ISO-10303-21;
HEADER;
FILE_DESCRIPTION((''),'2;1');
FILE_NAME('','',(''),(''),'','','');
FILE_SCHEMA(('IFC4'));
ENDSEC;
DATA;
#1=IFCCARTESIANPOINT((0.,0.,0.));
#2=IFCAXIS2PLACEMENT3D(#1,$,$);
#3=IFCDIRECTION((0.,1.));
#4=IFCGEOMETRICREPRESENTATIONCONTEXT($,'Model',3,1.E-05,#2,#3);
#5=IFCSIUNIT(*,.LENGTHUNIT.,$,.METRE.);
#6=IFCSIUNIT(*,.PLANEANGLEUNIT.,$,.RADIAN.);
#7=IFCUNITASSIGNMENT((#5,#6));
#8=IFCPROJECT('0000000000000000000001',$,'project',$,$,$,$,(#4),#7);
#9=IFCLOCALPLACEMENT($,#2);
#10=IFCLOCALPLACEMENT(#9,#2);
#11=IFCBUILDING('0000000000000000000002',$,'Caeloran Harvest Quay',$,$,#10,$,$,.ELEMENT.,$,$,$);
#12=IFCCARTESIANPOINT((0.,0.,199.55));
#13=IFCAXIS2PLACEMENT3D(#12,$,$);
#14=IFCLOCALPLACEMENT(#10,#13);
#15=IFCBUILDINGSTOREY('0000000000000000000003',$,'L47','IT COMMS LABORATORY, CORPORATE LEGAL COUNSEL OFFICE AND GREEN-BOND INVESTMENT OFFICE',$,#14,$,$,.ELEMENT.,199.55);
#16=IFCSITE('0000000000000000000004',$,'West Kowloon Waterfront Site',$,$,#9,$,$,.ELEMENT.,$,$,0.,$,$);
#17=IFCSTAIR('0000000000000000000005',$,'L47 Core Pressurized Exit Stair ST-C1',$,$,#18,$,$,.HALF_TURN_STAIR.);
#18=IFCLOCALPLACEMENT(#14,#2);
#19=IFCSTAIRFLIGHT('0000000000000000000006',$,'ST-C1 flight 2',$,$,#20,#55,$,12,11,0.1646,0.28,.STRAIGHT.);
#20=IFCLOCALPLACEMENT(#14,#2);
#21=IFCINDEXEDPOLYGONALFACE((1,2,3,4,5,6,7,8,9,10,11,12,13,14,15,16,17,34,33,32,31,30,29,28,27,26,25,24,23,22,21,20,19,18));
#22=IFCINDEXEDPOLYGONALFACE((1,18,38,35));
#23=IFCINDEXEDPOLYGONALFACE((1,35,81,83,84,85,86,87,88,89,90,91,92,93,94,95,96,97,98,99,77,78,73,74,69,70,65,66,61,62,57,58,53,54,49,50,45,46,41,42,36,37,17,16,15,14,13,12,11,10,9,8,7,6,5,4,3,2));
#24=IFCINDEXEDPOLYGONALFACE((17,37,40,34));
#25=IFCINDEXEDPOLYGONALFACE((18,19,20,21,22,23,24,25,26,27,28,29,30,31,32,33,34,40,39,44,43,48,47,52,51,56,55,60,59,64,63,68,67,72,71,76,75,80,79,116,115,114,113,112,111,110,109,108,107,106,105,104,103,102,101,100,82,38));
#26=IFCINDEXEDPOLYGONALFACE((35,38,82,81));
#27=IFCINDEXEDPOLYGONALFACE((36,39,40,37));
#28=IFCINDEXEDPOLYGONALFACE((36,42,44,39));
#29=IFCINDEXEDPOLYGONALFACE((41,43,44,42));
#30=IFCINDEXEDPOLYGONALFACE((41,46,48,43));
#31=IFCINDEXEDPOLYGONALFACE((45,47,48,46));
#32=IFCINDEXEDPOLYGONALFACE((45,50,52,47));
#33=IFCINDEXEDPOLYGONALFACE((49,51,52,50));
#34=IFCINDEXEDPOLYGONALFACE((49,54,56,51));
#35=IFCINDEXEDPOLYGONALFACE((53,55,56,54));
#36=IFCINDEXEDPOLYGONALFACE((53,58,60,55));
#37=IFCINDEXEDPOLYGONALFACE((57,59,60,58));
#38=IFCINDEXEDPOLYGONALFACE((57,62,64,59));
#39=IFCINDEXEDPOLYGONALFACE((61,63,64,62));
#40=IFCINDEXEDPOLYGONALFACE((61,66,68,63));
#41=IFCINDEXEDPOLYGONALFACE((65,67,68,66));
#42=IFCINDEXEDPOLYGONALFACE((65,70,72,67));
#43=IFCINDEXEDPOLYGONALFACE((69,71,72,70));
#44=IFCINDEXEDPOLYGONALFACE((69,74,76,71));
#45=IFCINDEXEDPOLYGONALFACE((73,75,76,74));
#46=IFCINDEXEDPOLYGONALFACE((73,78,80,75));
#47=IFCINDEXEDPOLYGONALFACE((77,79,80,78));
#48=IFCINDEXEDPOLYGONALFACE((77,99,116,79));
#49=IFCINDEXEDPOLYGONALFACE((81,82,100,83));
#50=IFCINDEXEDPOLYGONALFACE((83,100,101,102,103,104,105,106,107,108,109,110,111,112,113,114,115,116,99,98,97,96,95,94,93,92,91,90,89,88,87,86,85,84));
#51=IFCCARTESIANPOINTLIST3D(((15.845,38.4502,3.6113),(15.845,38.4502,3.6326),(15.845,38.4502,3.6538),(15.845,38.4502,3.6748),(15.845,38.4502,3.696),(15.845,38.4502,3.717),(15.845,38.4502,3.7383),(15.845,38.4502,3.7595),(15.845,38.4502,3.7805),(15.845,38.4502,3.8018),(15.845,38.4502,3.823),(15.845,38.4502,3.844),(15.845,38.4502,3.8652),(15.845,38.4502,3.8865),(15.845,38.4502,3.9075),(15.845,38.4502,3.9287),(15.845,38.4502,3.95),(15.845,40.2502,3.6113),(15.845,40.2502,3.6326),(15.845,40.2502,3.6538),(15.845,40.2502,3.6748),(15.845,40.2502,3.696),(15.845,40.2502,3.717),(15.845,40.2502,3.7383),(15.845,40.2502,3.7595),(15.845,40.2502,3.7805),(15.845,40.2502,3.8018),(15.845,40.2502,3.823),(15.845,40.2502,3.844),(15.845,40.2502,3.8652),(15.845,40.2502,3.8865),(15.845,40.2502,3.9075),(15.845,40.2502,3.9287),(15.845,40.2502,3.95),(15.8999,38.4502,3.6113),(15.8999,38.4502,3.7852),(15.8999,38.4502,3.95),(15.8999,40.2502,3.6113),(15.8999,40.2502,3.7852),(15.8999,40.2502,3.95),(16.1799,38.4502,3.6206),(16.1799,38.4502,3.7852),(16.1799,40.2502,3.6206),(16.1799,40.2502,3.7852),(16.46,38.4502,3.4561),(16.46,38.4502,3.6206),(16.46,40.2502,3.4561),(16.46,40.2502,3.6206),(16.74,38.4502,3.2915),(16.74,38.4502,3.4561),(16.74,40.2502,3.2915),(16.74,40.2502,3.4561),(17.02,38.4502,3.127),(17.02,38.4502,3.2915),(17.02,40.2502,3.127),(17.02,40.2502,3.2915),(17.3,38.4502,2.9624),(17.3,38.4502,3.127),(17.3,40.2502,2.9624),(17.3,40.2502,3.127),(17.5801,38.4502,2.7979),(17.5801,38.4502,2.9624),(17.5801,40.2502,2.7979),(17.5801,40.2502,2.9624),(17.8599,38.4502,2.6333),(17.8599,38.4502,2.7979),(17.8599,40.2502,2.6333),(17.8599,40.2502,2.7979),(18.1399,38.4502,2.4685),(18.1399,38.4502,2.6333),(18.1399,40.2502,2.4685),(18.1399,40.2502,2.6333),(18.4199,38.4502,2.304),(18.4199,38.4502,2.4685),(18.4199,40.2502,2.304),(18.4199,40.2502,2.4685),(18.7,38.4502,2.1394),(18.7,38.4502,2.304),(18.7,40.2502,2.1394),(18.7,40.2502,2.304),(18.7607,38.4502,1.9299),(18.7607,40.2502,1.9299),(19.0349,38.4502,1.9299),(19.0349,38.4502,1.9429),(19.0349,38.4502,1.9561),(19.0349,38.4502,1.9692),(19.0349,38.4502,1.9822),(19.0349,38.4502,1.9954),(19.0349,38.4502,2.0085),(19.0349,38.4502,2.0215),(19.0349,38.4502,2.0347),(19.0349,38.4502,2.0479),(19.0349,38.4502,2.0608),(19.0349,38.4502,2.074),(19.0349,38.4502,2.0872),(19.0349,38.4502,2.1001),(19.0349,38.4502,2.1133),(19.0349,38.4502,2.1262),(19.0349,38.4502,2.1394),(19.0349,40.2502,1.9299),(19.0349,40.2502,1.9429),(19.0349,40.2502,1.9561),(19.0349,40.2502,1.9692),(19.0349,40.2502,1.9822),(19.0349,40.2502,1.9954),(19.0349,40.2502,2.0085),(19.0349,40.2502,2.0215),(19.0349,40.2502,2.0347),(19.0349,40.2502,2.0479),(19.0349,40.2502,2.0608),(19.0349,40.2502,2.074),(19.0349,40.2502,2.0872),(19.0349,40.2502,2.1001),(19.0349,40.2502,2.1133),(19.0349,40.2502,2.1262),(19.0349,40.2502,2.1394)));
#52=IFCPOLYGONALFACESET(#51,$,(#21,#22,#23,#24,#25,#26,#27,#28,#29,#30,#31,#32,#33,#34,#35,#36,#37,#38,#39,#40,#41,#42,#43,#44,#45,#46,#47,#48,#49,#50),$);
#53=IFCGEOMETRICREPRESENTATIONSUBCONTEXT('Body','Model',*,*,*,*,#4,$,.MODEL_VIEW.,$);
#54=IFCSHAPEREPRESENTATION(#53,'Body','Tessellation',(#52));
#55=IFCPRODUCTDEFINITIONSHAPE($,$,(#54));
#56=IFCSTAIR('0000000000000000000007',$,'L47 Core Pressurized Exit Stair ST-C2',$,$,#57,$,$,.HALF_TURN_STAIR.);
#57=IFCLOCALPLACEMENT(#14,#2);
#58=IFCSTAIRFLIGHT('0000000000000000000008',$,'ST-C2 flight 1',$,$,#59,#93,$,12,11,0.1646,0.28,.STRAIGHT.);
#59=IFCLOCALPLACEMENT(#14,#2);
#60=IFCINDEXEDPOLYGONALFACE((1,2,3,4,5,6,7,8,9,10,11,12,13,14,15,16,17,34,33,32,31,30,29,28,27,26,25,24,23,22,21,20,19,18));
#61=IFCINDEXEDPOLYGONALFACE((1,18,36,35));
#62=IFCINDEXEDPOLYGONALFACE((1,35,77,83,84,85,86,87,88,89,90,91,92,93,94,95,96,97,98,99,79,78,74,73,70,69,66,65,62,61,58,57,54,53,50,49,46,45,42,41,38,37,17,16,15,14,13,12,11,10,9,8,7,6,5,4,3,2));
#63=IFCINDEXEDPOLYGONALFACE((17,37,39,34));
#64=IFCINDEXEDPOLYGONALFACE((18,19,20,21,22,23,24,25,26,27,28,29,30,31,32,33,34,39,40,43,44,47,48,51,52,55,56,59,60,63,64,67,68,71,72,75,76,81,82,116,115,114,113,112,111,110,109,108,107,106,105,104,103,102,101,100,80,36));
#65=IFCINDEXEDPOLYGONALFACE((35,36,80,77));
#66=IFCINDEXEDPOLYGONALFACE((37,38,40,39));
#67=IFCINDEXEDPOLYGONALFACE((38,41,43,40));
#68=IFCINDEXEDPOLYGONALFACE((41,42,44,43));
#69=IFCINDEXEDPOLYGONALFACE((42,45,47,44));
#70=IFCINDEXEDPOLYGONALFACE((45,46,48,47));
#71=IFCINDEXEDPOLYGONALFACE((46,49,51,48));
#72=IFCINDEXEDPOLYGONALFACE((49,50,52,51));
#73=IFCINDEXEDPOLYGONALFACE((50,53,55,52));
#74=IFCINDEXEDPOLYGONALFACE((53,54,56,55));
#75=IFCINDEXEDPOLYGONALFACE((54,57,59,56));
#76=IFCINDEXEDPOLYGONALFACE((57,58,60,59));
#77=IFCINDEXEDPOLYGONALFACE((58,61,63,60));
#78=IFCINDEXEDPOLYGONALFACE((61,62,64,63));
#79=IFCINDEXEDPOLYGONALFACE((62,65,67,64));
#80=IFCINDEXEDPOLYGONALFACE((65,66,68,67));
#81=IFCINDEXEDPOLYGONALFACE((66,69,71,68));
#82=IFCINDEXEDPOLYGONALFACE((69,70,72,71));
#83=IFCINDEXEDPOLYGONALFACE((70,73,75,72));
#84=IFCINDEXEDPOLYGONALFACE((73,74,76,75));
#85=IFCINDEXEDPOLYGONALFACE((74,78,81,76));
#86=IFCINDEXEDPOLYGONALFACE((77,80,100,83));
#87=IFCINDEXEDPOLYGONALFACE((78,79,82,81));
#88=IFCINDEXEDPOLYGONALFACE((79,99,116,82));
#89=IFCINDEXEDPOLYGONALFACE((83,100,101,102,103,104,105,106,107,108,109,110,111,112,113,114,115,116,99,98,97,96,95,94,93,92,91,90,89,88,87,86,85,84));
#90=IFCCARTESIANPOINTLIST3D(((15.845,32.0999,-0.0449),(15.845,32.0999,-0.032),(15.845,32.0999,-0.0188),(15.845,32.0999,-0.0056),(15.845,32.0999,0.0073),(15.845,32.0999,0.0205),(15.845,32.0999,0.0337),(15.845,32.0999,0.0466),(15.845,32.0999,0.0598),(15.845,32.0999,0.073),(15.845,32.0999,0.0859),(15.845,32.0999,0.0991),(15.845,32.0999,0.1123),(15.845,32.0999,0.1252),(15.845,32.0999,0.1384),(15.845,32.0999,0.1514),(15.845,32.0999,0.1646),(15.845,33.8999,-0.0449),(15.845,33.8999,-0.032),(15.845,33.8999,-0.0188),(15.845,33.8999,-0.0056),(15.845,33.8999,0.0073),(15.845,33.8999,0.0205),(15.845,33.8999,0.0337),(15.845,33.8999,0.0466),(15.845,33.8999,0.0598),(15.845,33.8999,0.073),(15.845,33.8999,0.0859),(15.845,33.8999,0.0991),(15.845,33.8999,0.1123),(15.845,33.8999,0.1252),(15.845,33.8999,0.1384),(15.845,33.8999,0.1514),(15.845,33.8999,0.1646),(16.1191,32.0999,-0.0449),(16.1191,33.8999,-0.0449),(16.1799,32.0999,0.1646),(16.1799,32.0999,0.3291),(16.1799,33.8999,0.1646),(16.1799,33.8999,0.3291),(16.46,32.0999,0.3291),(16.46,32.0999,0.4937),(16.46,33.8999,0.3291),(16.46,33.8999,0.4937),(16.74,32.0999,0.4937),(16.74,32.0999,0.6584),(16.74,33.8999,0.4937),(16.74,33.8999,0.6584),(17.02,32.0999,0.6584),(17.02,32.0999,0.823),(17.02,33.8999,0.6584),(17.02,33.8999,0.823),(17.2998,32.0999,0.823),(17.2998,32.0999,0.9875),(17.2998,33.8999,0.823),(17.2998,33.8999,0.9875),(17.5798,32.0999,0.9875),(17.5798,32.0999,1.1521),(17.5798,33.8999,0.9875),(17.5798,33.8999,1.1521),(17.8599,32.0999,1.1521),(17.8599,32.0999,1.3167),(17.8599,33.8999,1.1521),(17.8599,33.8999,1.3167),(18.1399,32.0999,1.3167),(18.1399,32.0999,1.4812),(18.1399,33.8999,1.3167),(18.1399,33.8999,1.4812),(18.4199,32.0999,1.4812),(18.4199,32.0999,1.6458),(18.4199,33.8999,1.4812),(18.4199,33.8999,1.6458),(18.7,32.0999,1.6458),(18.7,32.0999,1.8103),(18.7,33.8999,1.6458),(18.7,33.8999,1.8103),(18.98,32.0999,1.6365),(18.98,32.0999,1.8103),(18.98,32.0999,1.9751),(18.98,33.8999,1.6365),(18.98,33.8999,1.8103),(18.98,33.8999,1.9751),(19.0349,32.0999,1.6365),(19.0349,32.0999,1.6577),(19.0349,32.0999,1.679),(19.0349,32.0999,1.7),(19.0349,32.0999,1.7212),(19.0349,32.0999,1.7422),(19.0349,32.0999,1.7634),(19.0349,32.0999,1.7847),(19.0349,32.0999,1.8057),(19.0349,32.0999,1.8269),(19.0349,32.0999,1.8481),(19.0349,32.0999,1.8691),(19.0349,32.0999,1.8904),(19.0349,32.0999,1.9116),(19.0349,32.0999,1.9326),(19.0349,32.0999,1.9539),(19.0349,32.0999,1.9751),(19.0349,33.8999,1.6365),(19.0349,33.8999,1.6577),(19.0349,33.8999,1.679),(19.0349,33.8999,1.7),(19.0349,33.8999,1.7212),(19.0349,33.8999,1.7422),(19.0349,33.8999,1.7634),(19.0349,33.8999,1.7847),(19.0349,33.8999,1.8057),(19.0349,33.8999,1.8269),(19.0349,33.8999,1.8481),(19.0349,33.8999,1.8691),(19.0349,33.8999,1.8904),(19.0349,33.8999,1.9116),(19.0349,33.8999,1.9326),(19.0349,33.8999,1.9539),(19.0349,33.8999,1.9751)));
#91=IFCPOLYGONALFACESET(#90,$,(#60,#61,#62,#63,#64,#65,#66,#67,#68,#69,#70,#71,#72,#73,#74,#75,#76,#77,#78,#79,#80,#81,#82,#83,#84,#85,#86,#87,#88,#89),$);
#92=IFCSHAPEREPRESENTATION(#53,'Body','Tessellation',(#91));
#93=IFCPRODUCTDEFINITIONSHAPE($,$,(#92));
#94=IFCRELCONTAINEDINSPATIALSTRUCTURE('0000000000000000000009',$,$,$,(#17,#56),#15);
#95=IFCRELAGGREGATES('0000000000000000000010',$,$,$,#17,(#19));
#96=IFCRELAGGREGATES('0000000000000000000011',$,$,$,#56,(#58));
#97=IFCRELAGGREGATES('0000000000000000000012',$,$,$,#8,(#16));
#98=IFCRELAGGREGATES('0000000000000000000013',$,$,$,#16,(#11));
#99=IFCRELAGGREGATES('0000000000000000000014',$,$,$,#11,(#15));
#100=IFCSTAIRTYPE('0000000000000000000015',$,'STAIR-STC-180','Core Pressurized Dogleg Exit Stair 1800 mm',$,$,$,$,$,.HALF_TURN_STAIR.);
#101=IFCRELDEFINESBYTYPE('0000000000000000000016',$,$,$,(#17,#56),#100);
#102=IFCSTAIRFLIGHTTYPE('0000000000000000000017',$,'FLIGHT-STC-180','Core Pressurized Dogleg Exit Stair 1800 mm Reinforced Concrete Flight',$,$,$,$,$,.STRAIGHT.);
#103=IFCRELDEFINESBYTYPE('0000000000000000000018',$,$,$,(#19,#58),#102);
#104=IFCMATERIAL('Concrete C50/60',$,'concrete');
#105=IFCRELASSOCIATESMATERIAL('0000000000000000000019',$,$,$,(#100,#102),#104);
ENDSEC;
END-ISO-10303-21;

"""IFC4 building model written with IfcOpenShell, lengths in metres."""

from ifc_helpers import new_model, si_unit, direction, frame, origin, place, context, subcontext, project, spatial, polyline, outline, extrude, material, type_object, element, aggregate, save


model = new_model("IFC4")

# Units and contexts
model_context = context("Model", 3, precision=1e-05, world=origin(), true_north=direction((0.0, 1.0)))
body_context = subcontext(model_context, "Body", "Model", "MODEL_VIEW")
ifc_project = project(units=[si_unit("LENGTHUNIT", "METRE"), si_unit("PLANEANGLEUNIT", "RADIAN")], contexts=[model_context])

# Site, building, storey
site_placement = place(None, origin())
site = spatial("IfcSite", under=ifc_project, at=site_placement, Name="West Kowloon Waterfront Site", CompositionType="ELEMENT", RefElevation=0.0)
building_placement = place(site_placement, origin())
building = spatial("IfcBuilding", under=site, at=building_placement, Name="Caeloran Harvest Quay", CompositionType="ELEMENT")
storey_placement = place(building_placement, frame((0.0, 0.0, 199.55)))
storey = spatial("IfcBuildingStorey", under=building, at=storey_placement, Name="L47", Description="IT COMMS LABORATORY, CORPORATE LEGAL COUNSEL OFFICE AND GREEN-BOND INVESTMENT OFFICE", CompositionType="ELEMENT", Elevation=199.55)

# Shared definitions
ifc_material_1 = material(Name="Concrete C50/60", Category="concrete")

# Stairs, stair flights
stair_type = type_object("IfcStairType", Name="STAIR-STC-180", Description="Core Pressurized Dogleg Exit Stair 1800 mm", PredefinedType="HALF_TURN_STAIR", material=ifc_material_1)
stair_1_placement = place(storey_placement, origin())
stair_1 = element("IfcStair", 1, at=stair_1_placement, inside=storey, type_object=stair_type, Name="L47 Core Pressurized Exit Stair ST-C1", PredefinedType="HALF_TURN_STAIR")
stair_flight_type = type_object("IfcStairFlightType", Name="FLIGHT-STC-180", Description="Core Pressurized Dogleg Exit Stair 1800 mm Reinforced Concrete Flight", PredefinedType="STRAIGHT", material=ifc_material_1)
stair_flight_1_placement = place(storey_placement, frame((18.98, 39.3501, 1.9749), z_axis=(0.0, 0.0, 1.0), x_axis=(-1.0, 0.0, 0.0)))
stair_flight_1 = element("IfcStairFlight", 2, at=stair_flight_1_placement, type_object=stair_flight_type, Name="ST-C1 flight 2", NumberOfRisers=12, NumberOfTreads=11, PredefinedType="STRAIGHT", RiserHeight=0.1646, TreadLength=0.28, context=body_context, shape_type="SweptSolid", body=[
    extrude(outline(polyline([(-0.0549, -0.0449), (-0.0549, -0.032), (-0.0549, -0.0188), (-0.0549, -0.0056), (-0.0549, 0.0073), (-0.0549, 0.0205), (-0.0549, 0.0337), (-0.0549, 0.0466), (-0.0549, 0.0598), (-0.0549, 0.073), (-0.0549, 0.0859), (-0.0549, 0.0991), (-0.0549, 0.1123), (-0.0549, 0.1252), (-0.0549, 0.1384), (-0.0549, 0.1514), (-0.0549, 0.1646), (0.28, 0.1646), (0.28, 0.3291), (0.5601, 0.3291), (0.5601, 0.4937), (0.8401, 0.4937), (0.8401, 0.6584), (1.1201, 0.6584), (1.1201, 0.823), (1.3999, 0.823), (1.3999, 0.9875), (1.6799, 0.9875), (1.6799, 1.1521), (1.96, 1.1521), (1.96, 1.3167), (2.24, 1.3167), (2.24, 1.4812), (2.52, 1.4812), (2.52, 1.6458), (2.8, 1.6458), (2.8, 1.8103), (3.0801, 1.8103), (3.0801, 1.9751), (3.135, 1.9751), (3.135, 1.9539), (3.135, 1.9326), (3.135, 1.9116), (3.135, 1.8904), (3.135, 1.8691), (3.135, 1.8481), (3.135, 1.8269), (3.135, 1.8057), (3.135, 1.7847), (3.135, 1.7634), (3.135, 1.7422), (3.135, 1.7212), (3.135, 1.7), (3.135, 1.679), (3.135, 1.6577), (3.135, 1.6365), (3.0801, 1.6365), (0.2192, -0.0449), (-0.0549, -0.0449)])), frame((0.0, 0.8999, 0.0), z_axis=(0.0, -1.0, 0.0), x_axis=(1.0, 0.0, 0.0)), (0.0, 0.0, 1.0), 1.8),
])
aggregate(stair_1, [stair_flight_1])
stair_2_placement = place(storey_placement, origin())
stair_2 = element("IfcStair", 3, at=stair_2_placement, inside=storey, type_object=stair_type, Name="L47 Core Pressurized Exit Stair ST-C2", PredefinedType="HALF_TURN_STAIR")
stair_flight_2_placement = place(storey_placement, frame((15.8999, 33.0, 0.0), z_axis=(0.0, 0.0, 1.0), x_axis=(1.0, 0.0, 0.0)))
stair_flight_2 = element("IfcStairFlight", 4, at=stair_flight_2_placement, type_object=stair_flight_type, Name="ST-C2 flight 1", NumberOfRisers=12, NumberOfTreads=11, PredefinedType="STRAIGHT", RiserHeight=0.1646, TreadLength=0.28, context=body_context, shape_type="SweptSolid", body=[
    extrude(outline(polyline([(-0.0549, -0.0449), (-0.0549, -0.032), (-0.0549, -0.0188), (-0.0549, -0.0056), (-0.0549, 0.0073), (-0.0549, 0.0205), (-0.0549, 0.0337), (-0.0549, 0.0466), (-0.0549, 0.0598), (-0.0549, 0.073), (-0.0549, 0.0859), (-0.0549, 0.0991), (-0.0549, 0.1123), (-0.0549, 0.1252), (-0.0549, 0.1384), (-0.0549, 0.1514), (-0.0549, 0.1646), (0.28, 0.1646), (0.28, 0.3291), (0.5601, 0.3291), (0.5601, 0.4937), (0.8401, 0.4937), (0.8401, 0.6584), (1.1201, 0.6584), (1.1201, 0.823), (1.3999, 0.823), (1.3999, 0.9875), (1.6799, 0.9875), (1.6799, 1.1521), (1.96, 1.1521), (1.96, 1.3167), (2.24, 1.3167), (2.24, 1.4812), (2.52, 1.4812), (2.52, 1.6458), (2.8, 1.6458), (2.8, 1.8103), (3.0801, 1.8103), (3.0801, 1.9751), (3.135, 1.9751), (3.135, 1.9539), (3.135, 1.9326), (3.135, 1.9116), (3.135, 1.8904), (3.135, 1.8691), (3.135, 1.8481), (3.135, 1.8269), (3.135, 1.8057), (3.135, 1.7847), (3.135, 1.7634), (3.135, 1.7422), (3.135, 1.7212), (3.135, 1.7), (3.135, 1.679), (3.135, 1.6577), (3.135, 1.6365), (3.0801, 1.6365), (0.2192, -0.0449), (-0.0549, -0.0449)])), frame((0.0, 0.8999, 0.0), z_axis=(0.0, -1.0, 0.0), x_axis=(1.0, 0.0, 0.0)), (0.0, 0.0, 1.0), 1.8),
])
aggregate(stair_2, [stair_flight_2])

save(model, "model.ifc")
